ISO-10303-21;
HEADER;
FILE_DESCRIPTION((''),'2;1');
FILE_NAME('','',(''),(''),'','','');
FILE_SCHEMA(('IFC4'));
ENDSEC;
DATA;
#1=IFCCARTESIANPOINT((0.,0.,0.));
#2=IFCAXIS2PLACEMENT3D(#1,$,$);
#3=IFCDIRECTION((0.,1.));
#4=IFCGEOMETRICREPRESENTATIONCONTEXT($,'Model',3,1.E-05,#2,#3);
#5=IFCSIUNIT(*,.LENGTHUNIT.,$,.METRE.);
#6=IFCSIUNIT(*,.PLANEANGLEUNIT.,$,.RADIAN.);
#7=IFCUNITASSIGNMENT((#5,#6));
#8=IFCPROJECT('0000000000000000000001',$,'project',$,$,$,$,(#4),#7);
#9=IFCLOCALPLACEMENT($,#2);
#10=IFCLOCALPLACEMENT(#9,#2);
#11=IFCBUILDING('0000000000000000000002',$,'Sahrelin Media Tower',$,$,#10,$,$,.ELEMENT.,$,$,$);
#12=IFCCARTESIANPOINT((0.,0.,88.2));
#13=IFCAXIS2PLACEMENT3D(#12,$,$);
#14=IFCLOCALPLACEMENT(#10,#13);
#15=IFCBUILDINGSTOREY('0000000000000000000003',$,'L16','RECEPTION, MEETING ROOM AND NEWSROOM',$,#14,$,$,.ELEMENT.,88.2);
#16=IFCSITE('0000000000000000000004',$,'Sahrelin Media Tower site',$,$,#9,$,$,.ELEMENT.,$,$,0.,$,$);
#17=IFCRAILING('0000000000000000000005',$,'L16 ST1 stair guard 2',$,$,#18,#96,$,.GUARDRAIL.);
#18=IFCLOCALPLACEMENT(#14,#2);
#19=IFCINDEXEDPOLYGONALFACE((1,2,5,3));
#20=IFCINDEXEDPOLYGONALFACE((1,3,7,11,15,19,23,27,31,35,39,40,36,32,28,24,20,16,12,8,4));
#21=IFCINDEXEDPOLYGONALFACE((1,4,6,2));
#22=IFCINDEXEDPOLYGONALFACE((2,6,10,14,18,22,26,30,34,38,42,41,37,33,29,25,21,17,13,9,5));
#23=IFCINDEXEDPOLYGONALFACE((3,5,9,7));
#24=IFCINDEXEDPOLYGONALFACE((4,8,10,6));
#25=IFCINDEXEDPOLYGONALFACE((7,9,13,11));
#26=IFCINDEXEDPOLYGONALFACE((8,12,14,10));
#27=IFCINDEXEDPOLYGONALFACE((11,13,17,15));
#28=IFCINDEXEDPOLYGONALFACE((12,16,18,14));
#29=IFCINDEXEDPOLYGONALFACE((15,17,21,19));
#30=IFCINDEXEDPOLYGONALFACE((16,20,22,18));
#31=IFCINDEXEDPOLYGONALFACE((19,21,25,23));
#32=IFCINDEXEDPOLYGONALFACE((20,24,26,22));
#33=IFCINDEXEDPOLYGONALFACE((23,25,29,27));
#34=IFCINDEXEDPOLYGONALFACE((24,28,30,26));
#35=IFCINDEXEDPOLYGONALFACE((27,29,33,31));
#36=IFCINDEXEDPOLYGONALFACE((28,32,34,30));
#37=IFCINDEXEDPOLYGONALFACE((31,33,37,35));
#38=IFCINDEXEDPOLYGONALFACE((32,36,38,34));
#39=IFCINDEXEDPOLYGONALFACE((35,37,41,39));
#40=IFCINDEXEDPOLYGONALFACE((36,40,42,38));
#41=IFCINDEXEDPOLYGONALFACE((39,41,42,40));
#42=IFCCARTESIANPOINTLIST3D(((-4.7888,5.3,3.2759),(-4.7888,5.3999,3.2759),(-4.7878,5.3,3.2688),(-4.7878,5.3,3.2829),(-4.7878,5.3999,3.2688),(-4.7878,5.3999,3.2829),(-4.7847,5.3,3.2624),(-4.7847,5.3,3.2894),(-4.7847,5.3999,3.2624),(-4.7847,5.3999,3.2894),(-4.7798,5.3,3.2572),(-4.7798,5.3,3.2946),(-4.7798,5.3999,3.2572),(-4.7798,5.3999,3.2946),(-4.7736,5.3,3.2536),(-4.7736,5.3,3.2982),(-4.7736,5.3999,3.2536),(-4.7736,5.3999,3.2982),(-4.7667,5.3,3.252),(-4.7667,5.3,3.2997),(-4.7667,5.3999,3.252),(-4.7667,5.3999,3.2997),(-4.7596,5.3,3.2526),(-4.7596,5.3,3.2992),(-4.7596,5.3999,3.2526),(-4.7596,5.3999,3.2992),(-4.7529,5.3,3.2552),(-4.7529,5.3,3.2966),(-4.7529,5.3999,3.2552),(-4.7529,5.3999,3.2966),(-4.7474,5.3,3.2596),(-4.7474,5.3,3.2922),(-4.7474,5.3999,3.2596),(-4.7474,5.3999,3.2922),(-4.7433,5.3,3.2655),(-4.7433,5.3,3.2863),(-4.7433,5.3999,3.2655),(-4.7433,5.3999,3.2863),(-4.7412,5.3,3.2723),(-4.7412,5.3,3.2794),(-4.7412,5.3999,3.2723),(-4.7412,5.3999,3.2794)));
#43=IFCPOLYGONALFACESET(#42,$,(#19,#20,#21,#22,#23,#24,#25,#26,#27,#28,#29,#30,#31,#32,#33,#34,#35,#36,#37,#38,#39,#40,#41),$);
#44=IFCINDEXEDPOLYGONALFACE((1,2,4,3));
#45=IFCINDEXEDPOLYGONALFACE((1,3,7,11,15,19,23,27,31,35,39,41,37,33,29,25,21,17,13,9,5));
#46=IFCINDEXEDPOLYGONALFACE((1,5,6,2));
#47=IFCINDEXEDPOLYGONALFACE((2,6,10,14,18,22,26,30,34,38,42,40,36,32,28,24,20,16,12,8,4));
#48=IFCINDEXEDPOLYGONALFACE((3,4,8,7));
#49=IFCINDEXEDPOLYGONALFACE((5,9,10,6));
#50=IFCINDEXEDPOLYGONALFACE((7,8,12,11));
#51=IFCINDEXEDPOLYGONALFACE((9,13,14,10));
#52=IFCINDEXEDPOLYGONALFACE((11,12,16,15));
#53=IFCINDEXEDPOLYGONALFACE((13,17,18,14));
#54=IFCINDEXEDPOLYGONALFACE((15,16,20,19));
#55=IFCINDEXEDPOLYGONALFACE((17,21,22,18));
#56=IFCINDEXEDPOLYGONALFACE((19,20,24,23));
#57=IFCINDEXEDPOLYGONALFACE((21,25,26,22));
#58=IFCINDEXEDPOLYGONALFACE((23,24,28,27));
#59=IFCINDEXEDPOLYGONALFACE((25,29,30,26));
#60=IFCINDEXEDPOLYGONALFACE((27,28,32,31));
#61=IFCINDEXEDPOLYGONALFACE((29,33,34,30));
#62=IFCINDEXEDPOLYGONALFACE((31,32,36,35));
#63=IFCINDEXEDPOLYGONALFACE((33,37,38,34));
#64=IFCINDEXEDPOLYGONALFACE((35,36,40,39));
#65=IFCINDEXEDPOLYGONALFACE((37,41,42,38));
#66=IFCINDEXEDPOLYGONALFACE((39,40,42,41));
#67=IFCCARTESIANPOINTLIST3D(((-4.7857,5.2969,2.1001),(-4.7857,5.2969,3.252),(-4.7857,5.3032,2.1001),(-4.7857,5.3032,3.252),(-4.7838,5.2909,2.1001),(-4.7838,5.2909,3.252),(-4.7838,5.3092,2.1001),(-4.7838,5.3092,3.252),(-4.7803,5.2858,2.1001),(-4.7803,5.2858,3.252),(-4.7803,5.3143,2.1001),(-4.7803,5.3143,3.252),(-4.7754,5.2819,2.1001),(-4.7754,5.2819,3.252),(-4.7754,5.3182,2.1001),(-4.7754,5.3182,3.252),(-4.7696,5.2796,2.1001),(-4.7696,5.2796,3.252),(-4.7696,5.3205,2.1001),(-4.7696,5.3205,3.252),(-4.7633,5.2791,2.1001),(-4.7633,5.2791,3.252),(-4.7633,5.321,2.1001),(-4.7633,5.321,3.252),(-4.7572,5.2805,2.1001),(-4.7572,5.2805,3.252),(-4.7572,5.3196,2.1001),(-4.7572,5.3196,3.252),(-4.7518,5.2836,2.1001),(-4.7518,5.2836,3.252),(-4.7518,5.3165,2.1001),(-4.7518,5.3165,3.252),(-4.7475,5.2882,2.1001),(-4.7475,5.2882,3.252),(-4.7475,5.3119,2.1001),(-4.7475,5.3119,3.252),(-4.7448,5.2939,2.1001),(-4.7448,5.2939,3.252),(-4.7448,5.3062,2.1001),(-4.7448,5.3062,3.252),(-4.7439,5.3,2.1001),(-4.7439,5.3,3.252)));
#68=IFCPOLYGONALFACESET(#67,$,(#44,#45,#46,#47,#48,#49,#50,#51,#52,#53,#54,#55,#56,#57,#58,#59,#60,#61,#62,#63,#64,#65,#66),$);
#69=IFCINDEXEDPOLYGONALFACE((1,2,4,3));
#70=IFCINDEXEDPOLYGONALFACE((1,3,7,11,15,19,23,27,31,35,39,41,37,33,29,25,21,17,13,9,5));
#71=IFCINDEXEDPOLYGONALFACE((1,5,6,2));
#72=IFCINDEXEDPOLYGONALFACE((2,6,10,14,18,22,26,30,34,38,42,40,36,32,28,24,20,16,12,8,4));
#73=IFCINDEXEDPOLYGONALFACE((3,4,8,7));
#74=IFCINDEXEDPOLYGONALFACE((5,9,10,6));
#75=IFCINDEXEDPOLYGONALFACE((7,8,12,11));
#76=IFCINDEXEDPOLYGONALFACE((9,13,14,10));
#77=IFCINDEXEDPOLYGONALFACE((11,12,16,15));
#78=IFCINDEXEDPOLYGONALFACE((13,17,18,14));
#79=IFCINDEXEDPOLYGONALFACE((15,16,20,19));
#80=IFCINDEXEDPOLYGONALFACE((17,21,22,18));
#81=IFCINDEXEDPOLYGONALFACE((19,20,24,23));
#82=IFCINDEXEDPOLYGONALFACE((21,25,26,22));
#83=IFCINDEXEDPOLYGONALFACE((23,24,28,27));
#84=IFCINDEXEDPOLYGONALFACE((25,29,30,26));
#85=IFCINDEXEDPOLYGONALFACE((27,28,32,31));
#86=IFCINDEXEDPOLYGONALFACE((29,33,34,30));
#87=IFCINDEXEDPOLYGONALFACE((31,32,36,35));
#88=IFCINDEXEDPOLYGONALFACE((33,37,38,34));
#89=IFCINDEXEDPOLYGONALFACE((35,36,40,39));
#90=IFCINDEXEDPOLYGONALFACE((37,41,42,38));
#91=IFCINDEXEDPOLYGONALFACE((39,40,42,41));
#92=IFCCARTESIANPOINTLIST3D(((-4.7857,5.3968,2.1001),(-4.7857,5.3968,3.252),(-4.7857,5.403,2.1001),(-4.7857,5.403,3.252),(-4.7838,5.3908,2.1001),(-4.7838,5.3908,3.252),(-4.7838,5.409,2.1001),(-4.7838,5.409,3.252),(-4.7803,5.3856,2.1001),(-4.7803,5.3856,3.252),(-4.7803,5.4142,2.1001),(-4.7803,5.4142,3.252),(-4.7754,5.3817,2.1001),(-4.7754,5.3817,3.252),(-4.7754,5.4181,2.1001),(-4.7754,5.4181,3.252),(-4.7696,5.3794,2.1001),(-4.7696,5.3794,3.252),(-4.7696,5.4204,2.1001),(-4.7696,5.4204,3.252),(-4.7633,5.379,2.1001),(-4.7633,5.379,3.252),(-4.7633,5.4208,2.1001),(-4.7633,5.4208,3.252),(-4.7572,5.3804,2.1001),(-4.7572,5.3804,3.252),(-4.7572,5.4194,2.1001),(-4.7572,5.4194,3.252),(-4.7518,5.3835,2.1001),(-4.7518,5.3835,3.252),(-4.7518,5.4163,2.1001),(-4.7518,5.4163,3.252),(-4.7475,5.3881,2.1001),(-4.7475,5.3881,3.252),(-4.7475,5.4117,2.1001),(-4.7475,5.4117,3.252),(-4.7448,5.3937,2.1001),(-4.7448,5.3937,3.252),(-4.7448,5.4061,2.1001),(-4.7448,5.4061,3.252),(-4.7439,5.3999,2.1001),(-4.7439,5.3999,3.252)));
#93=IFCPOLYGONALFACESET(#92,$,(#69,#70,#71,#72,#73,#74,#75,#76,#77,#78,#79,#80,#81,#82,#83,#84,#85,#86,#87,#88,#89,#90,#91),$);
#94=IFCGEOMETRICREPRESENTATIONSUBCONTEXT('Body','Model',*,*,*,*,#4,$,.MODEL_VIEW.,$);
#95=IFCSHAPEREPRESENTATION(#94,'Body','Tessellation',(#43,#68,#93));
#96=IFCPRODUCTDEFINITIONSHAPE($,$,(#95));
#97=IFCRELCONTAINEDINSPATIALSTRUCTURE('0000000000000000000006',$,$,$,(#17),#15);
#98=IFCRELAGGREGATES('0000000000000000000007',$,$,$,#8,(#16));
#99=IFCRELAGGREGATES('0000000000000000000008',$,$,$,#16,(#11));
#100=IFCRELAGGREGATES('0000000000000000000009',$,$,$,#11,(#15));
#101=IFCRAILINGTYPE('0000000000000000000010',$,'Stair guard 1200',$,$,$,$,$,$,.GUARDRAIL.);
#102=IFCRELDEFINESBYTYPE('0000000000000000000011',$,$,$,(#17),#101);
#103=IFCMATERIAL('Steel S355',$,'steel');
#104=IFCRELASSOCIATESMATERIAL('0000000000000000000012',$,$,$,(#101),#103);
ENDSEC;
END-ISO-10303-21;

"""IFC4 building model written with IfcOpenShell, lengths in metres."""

from ifc_helpers import new_model, si_unit, direction, frame, origin, origin_2d, place, context, subcontext, project, spatial, circle, extrude, material, type_object, element, save


model = new_model("IFC4")

# Units and contexts
model_context = context("Model", 3, precision=1e-05, world=origin(), true_north=direction((0.0, 1.0)))
body_context = subcontext(model_context, "Body", "Model", "MODEL_VIEW")
ifc_project = project(units=[si_unit("LENGTHUNIT", "METRE"), si_unit("PLANEANGLEUNIT", "RADIAN")], contexts=[model_context])

# Site, building, storey
site_placement = place(None, origin())
site = spatial("IfcSite", under=ifc_project, at=site_placement, Name="Sahrelin Media Tower site", CompositionType="ELEMENT", RefElevation=0.0)
building_placement = place(site_placement, origin())
building = spatial("IfcBuilding", under=site, at=building_placement, Name="Sahrelin Media Tower", CompositionType="ELEMENT")
storey_placement = place(building_placement, frame((0.0, 0.0, 88.2)))
storey = spatial("IfcBuildingStorey", under=building, at=storey_placement, Name="L16", Description="RECEPTION, MEETING ROOM AND NEWSROOM", CompositionType="ELEMENT", Elevation=88.2)

# Shared definitions
ifc_material_1 = material(Name="Steel S355", Category="steel")

# Railing
railing_type_1 = type_object("IfcRailingType", Name="Stair guard 1200", PredefinedType="GUARDRAIL", material=ifc_material_1)
railing_1_placement = place(storey_placement, frame((-4.7649, 5.3, 2.1001)))
element("IfcRailing", 1, at=railing_1_placement, inside=storey, type_object=railing_type_1, Name="L16 ST1 stair guard 2", PredefinedType="GUARDRAIL", context=body_context, shape_type="SweptSolid", body=[
    extrude(circle(Radius=0.0239, at=origin_2d()), frame((0.0, 0.0, 1.1758), z_axis=(0.0, 1.0, 0.0), x_axis=(-1.0, 0.0, 0.0)), (0.0, 0.0, 1.0), 0.0999),
    extrude(circle(Radius=0.021, at=origin_2d()), origin(), (0.0, 0.0, 1.0), 1.1519),
    extrude(circle(Radius=0.021, at=origin_2d()), frame((0.0, 0.0999, 0.0)), (0.0, 0.0, 1.0), 1.1519),
])

save(model, "model.ifc")
